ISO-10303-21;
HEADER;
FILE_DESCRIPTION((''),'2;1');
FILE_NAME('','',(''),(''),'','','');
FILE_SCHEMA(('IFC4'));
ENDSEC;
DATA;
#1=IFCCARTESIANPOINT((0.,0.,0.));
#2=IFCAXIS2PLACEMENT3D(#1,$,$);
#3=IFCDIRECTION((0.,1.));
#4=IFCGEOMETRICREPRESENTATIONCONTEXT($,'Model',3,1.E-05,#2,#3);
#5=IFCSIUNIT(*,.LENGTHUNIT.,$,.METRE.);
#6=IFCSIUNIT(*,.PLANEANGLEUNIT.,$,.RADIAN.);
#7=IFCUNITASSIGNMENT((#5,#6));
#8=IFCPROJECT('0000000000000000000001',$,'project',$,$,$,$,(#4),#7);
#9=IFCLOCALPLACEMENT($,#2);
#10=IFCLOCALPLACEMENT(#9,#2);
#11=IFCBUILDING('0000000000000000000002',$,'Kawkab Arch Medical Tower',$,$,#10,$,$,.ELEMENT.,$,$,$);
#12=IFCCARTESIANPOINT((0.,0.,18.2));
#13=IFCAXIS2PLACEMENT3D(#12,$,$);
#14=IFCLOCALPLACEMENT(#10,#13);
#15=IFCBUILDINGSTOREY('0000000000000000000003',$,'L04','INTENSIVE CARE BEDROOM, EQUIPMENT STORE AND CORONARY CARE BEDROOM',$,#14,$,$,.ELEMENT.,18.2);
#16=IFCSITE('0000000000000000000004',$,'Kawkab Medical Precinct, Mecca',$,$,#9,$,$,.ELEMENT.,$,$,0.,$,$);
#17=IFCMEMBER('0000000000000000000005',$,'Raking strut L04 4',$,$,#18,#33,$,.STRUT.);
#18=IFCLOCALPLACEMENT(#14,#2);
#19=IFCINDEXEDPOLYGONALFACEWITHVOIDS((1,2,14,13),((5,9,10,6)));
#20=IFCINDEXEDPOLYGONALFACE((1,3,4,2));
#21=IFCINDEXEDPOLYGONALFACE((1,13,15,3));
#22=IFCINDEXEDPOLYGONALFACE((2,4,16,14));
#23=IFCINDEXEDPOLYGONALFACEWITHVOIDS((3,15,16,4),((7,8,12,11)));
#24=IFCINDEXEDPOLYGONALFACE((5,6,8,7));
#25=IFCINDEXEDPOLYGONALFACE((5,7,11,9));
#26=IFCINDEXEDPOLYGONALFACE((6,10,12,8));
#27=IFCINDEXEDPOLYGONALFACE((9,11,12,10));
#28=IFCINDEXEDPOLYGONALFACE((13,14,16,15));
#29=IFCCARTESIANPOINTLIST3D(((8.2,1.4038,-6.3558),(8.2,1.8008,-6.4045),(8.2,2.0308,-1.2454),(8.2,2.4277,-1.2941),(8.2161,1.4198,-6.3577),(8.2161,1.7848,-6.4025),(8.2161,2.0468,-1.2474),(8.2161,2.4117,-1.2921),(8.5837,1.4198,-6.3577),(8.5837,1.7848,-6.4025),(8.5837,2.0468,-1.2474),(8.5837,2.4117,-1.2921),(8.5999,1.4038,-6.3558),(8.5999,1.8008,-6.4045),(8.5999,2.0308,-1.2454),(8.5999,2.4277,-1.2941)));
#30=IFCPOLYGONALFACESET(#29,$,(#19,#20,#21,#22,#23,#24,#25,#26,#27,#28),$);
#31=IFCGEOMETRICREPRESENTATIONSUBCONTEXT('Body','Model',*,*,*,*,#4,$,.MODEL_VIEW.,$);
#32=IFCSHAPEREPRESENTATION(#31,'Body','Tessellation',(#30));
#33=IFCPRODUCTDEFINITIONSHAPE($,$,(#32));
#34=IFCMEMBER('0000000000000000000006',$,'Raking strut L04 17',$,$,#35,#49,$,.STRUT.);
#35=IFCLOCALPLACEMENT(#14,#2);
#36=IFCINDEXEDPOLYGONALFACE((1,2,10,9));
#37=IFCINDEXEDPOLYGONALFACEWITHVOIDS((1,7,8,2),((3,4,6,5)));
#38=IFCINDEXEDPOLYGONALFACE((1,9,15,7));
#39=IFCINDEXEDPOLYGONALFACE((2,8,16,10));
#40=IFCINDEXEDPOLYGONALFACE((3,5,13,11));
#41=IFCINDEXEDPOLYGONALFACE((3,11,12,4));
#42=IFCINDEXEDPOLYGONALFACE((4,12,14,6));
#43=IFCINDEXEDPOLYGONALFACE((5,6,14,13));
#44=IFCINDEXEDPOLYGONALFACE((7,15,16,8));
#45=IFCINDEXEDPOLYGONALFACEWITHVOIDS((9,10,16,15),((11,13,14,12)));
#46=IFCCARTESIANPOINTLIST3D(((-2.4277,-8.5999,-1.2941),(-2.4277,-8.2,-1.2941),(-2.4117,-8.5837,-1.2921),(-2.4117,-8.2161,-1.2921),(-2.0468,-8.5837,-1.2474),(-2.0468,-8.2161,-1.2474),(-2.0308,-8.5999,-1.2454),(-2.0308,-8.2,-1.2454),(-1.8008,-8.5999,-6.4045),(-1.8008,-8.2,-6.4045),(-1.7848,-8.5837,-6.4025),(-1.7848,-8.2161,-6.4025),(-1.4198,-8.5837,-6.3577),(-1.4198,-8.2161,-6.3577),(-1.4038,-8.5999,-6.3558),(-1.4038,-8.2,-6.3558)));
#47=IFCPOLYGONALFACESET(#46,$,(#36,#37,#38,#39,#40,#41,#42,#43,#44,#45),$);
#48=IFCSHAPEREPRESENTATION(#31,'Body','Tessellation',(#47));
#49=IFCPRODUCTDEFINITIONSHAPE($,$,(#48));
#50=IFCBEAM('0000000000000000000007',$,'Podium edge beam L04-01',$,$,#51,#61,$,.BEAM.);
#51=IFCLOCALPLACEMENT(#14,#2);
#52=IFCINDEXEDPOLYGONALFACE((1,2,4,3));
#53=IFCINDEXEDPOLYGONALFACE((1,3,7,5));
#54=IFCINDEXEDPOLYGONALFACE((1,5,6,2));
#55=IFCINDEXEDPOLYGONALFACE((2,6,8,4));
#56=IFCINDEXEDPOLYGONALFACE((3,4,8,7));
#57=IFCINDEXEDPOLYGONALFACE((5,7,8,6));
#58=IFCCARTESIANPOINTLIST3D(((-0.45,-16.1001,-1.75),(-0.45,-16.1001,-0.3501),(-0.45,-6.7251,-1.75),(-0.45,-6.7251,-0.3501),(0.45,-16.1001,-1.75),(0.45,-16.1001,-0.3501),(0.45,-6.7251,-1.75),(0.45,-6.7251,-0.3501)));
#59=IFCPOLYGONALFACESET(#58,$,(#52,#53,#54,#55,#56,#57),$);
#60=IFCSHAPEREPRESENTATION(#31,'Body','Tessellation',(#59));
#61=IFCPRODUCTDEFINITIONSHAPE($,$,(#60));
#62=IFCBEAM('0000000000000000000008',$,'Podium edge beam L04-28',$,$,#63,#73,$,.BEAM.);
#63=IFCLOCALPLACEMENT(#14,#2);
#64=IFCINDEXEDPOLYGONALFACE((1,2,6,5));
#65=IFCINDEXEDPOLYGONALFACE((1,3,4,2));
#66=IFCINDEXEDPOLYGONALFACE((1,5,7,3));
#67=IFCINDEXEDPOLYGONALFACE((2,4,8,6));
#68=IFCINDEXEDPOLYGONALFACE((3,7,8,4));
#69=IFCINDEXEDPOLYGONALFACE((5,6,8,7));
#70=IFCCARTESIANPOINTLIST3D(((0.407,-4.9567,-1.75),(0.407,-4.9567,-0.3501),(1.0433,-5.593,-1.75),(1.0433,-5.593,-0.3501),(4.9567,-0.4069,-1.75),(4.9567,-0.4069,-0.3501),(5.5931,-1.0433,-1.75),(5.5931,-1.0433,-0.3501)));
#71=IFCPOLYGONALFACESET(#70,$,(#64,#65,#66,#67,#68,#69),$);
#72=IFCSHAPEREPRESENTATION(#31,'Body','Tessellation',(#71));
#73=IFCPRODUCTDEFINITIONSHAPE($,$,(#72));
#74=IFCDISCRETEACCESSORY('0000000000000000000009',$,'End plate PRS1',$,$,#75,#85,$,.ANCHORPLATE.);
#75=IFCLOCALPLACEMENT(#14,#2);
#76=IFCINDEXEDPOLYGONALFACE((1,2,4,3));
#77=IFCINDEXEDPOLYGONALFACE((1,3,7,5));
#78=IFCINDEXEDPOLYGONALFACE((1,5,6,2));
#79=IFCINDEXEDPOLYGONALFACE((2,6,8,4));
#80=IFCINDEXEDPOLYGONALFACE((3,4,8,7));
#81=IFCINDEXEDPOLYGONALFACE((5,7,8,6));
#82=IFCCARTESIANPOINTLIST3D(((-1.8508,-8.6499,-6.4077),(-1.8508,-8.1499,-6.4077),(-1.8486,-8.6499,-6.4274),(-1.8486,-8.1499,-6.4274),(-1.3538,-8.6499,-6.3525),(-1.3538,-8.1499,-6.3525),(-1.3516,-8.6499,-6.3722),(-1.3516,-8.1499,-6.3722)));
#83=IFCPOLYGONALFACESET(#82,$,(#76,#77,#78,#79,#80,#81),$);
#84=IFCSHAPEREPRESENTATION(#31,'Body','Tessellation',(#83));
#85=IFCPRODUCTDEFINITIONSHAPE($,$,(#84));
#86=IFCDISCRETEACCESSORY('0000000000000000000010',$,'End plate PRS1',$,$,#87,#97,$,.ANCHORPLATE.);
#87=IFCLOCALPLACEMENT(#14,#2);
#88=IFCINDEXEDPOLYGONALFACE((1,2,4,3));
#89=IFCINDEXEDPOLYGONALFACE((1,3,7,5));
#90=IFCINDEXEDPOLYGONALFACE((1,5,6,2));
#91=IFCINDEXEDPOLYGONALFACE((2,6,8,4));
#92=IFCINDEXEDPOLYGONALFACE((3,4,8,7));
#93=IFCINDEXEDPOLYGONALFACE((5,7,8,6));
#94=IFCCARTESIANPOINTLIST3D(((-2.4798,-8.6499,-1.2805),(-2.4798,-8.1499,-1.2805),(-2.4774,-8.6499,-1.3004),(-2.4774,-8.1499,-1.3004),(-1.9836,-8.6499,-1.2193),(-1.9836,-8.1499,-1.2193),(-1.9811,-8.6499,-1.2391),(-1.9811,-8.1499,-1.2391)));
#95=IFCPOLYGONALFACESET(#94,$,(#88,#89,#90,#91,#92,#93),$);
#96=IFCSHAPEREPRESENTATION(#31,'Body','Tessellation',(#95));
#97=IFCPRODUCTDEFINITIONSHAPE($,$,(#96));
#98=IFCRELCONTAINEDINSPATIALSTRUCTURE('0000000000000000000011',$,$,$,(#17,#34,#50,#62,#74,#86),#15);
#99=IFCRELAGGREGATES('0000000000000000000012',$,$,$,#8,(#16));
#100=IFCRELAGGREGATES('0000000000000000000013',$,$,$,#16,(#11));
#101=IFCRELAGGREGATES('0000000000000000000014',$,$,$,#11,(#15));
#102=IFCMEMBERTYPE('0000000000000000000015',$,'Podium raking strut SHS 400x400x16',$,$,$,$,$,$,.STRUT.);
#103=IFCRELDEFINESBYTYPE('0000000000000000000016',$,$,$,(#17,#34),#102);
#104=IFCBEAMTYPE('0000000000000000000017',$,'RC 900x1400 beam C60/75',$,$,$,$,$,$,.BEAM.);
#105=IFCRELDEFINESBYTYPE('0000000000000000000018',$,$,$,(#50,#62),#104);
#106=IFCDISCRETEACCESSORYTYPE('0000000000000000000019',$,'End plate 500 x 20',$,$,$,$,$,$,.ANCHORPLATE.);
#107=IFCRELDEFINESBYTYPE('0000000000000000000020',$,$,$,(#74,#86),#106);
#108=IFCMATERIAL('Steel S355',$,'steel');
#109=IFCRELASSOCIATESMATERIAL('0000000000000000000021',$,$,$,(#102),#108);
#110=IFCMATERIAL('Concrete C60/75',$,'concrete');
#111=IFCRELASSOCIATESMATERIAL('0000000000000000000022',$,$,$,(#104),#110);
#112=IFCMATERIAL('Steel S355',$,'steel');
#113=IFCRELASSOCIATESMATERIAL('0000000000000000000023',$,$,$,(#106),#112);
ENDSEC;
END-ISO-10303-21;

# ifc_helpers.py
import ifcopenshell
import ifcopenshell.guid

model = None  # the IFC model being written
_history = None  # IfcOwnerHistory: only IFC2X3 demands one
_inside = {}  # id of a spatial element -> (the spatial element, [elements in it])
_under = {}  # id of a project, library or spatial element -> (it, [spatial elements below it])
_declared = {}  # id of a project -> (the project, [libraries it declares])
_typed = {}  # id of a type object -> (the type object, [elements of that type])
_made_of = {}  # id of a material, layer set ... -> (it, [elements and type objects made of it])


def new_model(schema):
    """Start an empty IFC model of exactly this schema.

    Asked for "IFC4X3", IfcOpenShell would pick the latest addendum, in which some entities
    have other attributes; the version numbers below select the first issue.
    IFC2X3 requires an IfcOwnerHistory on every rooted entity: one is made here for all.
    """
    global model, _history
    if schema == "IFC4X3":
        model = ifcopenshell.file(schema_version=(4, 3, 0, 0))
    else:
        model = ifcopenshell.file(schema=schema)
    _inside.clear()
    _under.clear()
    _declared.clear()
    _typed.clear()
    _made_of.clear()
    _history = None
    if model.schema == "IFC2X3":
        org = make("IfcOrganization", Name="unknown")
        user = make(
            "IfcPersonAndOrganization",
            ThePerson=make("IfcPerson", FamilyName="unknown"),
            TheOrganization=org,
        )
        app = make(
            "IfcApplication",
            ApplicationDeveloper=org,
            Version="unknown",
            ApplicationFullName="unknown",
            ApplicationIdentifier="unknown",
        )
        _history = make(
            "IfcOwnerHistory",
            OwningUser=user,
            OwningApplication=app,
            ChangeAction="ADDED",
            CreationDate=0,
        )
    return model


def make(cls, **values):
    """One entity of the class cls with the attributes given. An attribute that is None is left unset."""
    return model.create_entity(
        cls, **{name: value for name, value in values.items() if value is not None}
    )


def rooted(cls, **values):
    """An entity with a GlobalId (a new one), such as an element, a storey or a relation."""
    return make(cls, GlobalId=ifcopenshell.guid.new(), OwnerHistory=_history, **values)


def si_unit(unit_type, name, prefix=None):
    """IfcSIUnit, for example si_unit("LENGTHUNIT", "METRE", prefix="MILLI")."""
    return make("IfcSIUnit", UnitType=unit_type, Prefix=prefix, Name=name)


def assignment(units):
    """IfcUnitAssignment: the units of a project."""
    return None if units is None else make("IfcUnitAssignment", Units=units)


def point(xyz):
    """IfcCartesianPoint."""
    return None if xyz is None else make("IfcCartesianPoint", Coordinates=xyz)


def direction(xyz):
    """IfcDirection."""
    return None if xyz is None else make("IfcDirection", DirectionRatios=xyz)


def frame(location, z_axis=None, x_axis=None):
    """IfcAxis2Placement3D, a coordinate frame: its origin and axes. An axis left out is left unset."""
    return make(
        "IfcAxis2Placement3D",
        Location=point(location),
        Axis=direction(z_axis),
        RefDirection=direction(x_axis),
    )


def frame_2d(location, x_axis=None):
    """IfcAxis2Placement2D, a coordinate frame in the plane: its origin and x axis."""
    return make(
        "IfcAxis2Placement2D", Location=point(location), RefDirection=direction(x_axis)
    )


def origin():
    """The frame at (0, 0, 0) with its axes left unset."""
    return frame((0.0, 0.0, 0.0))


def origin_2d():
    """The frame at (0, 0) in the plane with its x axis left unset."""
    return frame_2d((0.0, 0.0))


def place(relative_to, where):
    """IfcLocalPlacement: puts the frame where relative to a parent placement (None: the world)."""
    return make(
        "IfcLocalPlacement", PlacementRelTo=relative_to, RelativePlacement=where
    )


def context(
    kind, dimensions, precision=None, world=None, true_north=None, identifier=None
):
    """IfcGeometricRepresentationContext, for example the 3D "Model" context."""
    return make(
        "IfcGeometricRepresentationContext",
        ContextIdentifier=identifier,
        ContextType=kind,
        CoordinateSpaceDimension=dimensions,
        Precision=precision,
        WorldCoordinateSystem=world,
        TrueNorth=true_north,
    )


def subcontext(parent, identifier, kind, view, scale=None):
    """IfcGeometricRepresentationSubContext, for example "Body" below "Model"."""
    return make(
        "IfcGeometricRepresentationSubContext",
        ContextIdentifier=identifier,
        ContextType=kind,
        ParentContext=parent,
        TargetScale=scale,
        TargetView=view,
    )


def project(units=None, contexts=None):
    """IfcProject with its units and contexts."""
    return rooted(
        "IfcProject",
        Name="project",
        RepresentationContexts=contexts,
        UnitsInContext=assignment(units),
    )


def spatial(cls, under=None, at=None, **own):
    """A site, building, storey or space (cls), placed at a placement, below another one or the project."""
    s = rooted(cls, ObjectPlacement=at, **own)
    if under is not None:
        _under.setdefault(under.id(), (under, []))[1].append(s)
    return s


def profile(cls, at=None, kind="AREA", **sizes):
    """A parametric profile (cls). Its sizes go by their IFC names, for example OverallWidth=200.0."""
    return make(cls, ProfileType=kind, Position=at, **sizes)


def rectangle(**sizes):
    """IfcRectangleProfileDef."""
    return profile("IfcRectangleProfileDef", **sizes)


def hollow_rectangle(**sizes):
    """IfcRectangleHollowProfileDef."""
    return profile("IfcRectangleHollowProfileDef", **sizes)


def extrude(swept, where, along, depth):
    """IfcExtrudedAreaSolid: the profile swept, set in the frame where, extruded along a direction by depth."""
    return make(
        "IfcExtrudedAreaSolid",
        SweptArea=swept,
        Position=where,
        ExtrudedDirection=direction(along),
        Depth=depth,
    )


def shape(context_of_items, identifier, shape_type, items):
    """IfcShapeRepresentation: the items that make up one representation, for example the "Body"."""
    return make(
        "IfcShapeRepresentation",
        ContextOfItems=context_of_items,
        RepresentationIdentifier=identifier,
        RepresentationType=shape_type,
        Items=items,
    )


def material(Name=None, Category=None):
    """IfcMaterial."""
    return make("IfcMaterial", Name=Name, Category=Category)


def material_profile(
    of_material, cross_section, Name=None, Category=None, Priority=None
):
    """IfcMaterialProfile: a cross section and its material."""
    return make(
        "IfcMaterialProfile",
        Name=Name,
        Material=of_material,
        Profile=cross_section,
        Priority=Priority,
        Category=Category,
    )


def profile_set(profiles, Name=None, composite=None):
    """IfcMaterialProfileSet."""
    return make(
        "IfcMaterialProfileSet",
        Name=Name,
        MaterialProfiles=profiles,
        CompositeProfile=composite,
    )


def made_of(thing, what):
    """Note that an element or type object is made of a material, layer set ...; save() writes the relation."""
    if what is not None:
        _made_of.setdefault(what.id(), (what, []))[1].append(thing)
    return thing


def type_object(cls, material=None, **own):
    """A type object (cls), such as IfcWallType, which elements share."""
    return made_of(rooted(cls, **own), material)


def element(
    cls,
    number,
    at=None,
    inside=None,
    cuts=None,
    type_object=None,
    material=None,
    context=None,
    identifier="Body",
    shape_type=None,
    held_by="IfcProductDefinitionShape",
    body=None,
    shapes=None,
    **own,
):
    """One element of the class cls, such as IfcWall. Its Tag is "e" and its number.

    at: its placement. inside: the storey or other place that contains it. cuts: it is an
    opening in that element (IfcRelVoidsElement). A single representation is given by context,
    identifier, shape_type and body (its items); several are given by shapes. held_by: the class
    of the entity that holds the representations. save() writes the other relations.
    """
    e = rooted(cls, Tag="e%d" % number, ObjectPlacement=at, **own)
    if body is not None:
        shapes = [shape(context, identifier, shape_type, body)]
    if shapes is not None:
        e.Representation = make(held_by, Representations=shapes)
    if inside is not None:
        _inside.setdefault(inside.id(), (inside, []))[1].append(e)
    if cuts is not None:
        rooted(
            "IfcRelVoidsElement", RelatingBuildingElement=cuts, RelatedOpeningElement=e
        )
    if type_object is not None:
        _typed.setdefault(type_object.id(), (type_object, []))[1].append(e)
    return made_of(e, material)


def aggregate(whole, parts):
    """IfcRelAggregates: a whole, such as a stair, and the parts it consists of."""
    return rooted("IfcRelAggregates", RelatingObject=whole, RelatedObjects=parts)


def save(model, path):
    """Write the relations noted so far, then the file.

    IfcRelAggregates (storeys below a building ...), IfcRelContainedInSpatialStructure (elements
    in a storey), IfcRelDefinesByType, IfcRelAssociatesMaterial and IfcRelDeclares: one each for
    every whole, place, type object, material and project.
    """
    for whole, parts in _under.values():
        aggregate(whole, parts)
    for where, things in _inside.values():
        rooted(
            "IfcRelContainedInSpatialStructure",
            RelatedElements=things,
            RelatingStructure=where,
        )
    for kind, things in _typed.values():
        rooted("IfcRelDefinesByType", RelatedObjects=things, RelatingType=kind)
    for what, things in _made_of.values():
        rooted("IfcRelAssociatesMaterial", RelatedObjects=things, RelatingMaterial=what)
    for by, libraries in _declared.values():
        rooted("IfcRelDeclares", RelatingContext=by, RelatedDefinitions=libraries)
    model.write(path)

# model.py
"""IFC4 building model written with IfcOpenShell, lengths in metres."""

from ifc_helpers import new_model, si_unit, direction, frame, origin, origin_2d, place, context, subcontext, project, spatial, rectangle, hollow_rectangle, extrude, material, material_profile, profile_set, type_object, element, save


model = new_model("IFC4")

# Units and contexts
model_context = context("Model", 3, precision=1e-05, world=origin(), true_north=direction((0.0, 1.0)))
body_context = subcontext(model_context, "Body", "Model", "MODEL_VIEW")
ifc_project = project(units=[si_unit("LENGTHUNIT", "METRE"), si_unit("PLANEANGLEUNIT", "RADIAN")], contexts=[model_context])

# Site, building, storey
site_placement = place(None, origin())
site = spatial("IfcSite", under=ifc_project, at=site_placement, Name="Kawkab Medical Precinct, Mecca", CompositionType="ELEMENT", RefElevation=0.0)
building_placement = place(site_placement, origin())
building = spatial("IfcBuilding", under=site, at=building_placement, Name="Kawkab Arch Medical Tower", CompositionType="ELEMENT")
storey_placement = place(building_placement, frame((0.0, 0.0, 18.2)))
storey = spatial("IfcBuildingStorey", under=building, at=storey_placement, Name="L04", Description="INTENSIVE CARE BEDROOM, EQUIPMENT STORE AND CORONARY CARE BEDROOM", CompositionType="ELEMENT", Elevation=18.2)

# Members
ifc_material_1 = material(Name="Steel S355", Category="steel")
ifc_material_profile_1 = material_profile(ifc_material_1, hollow_rectangle(XDim=0.3999, YDim=0.3999, WallThickness=0.0161, at=origin_2d()), Name="SHS 400x400x16")
ifc_profile_set_1 = profile_set([ifc_material_profile_1], Name="Steel S355")
member_type = type_object("IfcMemberType", Name="Podium raking strut SHS 400x400x16", PredefinedType="STRUT", material=ifc_profile_set_1)
for number, where, z_axis, x_axis, name in (
    (1, (8.3999, 1.6023, -6.3801), (0.0, 0.12177, 0.992558), (-1.0, 0.0, 0.0), "Raking strut L04 4"),
    (2, (-1.6023, -8.3999, -6.3801), (-0.12177, 0.0, 0.992558), (0.0, -1.0, 0.0), "Raking strut L04 17"),
):
    element("IfcMember", number, at=place(storey_placement, frame(where, z_axis=z_axis, x_axis=x_axis)), inside=storey, type_object=member_type, Name=name, PredefinedType="STRUT", context=body_context, shape_type="SweptSolid", body=[
        extrude(hollow_rectangle(XDim=0.3999, YDim=0.3999, WallThickness=0.0161, at=origin_2d()), origin(), (0.0, 0.0, 1.0), 5.1487),
    ])

# Beams
ifc_material_2 = material(Name="Concrete C60/75", Category="concrete")
ifc_material_profile_2 = material_profile(ifc_material_2, rectangle(XDim=0.8999, YDim=1.3999, at=origin_2d()), Name="RC 900x1400")
ifc_profile_set_2 = profile_set([ifc_material_profile_2], Name="Concrete C60/75")
beam_type = type_object("IfcBeamType", Name="RC 900x1400 beam C60/75", PredefinedType="BEAM", material=ifc_profile_set_2)
beam_1_placement = place(storey_placement, frame((0.0, -6.7251, -1.05), z_axis=(0.0, -1.0, 0.0), x_axis=(1.0, 0.0, 0.0)))
element("IfcBeam", 3, at=beam_1_placement, inside=storey, type_object=beam_type, Name="Podium edge beam L04-01", PredefinedType="BEAM", context=body_context, shape_type="SweptSolid", body=[
    extrude(rectangle(XDim=0.8999, YDim=1.3999, at=origin_2d()), origin(), (0.0, 0.0, 1.0), 9.375),
])
beam_2_placement = place(storey_placement, frame((5.2749, -0.7251, -1.05), z_axis=(-0.707107, -0.707107, 0.0), x_axis=(0.707107, -0.707107, 0.0)))
element("IfcBeam", 4, at=beam_2_placement, inside=storey, type_object=beam_type, Name="Podium edge beam L04-28", PredefinedType="BEAM", context=body_context, shape_type="SweptSolid", body=[
    extrude(rectangle(XDim=0.8999, YDim=1.3999, at=origin_2d()), origin(), (0.0, 0.0, 1.0), 6.4343),
])

# Discrete accessories
ifc_material_3 = material(Name="Steel S355", Category="steel")
ifc_material_profile_3 = material_profile(ifc_material_3, rectangle(XDim=0.5, YDim=0.5, at=origin_2d()), Name="End plate 500 x 20")
ifc_profile_set_3 = profile_set([ifc_material_profile_3], Name="Steel S355")
discrete_accessory_type = type_object("IfcDiscreteAccessoryType", Name="End plate 500 x 20", PredefinedType="ANCHORPLATE", material=ifc_profile_set_3)
discrete_accessory_1_placement = place(storey_placement, frame((-1.6023, -8.3999, -6.3801), z_axis=(0.110432, 0.0, -0.993884), x_axis=(0.0, 1.0, 0.0)))
element("IfcDiscreteAccessory", 5, at=discrete_accessory_1_placement, inside=storey, type_object=discrete_accessory_type, Name="End plate PRS1", PredefinedType="ANCHORPLATE", context=body_context, shape_type="SweptSolid", body=[
    extrude(rectangle(XDim=0.5, YDim=0.5, at=origin_2d()), origin(), (0.0, 0.0, 1.0), 0.0198),
])
discrete_accessory_2_placement = place(storey_placement, frame((-2.2292, -8.3999, -1.2698), z_axis=(-0.122527, 0.0, 0.992465), x_axis=(0.0, -1.0, 0.0)))
element("IfcDiscreteAccessory", 6, at=discrete_accessory_2_placement, inside=storey, type_object=discrete_accessory_type, Name="End plate PRS1", PredefinedType="ANCHORPLATE", context=body_context, shape_type="SweptSolid", body=[
    extrude(rectangle(XDim=0.5, YDim=0.5, at=origin_2d()), origin(), (0.0, 0.0, 1.0), 0.02),
])

save(model, "model.ifc")
